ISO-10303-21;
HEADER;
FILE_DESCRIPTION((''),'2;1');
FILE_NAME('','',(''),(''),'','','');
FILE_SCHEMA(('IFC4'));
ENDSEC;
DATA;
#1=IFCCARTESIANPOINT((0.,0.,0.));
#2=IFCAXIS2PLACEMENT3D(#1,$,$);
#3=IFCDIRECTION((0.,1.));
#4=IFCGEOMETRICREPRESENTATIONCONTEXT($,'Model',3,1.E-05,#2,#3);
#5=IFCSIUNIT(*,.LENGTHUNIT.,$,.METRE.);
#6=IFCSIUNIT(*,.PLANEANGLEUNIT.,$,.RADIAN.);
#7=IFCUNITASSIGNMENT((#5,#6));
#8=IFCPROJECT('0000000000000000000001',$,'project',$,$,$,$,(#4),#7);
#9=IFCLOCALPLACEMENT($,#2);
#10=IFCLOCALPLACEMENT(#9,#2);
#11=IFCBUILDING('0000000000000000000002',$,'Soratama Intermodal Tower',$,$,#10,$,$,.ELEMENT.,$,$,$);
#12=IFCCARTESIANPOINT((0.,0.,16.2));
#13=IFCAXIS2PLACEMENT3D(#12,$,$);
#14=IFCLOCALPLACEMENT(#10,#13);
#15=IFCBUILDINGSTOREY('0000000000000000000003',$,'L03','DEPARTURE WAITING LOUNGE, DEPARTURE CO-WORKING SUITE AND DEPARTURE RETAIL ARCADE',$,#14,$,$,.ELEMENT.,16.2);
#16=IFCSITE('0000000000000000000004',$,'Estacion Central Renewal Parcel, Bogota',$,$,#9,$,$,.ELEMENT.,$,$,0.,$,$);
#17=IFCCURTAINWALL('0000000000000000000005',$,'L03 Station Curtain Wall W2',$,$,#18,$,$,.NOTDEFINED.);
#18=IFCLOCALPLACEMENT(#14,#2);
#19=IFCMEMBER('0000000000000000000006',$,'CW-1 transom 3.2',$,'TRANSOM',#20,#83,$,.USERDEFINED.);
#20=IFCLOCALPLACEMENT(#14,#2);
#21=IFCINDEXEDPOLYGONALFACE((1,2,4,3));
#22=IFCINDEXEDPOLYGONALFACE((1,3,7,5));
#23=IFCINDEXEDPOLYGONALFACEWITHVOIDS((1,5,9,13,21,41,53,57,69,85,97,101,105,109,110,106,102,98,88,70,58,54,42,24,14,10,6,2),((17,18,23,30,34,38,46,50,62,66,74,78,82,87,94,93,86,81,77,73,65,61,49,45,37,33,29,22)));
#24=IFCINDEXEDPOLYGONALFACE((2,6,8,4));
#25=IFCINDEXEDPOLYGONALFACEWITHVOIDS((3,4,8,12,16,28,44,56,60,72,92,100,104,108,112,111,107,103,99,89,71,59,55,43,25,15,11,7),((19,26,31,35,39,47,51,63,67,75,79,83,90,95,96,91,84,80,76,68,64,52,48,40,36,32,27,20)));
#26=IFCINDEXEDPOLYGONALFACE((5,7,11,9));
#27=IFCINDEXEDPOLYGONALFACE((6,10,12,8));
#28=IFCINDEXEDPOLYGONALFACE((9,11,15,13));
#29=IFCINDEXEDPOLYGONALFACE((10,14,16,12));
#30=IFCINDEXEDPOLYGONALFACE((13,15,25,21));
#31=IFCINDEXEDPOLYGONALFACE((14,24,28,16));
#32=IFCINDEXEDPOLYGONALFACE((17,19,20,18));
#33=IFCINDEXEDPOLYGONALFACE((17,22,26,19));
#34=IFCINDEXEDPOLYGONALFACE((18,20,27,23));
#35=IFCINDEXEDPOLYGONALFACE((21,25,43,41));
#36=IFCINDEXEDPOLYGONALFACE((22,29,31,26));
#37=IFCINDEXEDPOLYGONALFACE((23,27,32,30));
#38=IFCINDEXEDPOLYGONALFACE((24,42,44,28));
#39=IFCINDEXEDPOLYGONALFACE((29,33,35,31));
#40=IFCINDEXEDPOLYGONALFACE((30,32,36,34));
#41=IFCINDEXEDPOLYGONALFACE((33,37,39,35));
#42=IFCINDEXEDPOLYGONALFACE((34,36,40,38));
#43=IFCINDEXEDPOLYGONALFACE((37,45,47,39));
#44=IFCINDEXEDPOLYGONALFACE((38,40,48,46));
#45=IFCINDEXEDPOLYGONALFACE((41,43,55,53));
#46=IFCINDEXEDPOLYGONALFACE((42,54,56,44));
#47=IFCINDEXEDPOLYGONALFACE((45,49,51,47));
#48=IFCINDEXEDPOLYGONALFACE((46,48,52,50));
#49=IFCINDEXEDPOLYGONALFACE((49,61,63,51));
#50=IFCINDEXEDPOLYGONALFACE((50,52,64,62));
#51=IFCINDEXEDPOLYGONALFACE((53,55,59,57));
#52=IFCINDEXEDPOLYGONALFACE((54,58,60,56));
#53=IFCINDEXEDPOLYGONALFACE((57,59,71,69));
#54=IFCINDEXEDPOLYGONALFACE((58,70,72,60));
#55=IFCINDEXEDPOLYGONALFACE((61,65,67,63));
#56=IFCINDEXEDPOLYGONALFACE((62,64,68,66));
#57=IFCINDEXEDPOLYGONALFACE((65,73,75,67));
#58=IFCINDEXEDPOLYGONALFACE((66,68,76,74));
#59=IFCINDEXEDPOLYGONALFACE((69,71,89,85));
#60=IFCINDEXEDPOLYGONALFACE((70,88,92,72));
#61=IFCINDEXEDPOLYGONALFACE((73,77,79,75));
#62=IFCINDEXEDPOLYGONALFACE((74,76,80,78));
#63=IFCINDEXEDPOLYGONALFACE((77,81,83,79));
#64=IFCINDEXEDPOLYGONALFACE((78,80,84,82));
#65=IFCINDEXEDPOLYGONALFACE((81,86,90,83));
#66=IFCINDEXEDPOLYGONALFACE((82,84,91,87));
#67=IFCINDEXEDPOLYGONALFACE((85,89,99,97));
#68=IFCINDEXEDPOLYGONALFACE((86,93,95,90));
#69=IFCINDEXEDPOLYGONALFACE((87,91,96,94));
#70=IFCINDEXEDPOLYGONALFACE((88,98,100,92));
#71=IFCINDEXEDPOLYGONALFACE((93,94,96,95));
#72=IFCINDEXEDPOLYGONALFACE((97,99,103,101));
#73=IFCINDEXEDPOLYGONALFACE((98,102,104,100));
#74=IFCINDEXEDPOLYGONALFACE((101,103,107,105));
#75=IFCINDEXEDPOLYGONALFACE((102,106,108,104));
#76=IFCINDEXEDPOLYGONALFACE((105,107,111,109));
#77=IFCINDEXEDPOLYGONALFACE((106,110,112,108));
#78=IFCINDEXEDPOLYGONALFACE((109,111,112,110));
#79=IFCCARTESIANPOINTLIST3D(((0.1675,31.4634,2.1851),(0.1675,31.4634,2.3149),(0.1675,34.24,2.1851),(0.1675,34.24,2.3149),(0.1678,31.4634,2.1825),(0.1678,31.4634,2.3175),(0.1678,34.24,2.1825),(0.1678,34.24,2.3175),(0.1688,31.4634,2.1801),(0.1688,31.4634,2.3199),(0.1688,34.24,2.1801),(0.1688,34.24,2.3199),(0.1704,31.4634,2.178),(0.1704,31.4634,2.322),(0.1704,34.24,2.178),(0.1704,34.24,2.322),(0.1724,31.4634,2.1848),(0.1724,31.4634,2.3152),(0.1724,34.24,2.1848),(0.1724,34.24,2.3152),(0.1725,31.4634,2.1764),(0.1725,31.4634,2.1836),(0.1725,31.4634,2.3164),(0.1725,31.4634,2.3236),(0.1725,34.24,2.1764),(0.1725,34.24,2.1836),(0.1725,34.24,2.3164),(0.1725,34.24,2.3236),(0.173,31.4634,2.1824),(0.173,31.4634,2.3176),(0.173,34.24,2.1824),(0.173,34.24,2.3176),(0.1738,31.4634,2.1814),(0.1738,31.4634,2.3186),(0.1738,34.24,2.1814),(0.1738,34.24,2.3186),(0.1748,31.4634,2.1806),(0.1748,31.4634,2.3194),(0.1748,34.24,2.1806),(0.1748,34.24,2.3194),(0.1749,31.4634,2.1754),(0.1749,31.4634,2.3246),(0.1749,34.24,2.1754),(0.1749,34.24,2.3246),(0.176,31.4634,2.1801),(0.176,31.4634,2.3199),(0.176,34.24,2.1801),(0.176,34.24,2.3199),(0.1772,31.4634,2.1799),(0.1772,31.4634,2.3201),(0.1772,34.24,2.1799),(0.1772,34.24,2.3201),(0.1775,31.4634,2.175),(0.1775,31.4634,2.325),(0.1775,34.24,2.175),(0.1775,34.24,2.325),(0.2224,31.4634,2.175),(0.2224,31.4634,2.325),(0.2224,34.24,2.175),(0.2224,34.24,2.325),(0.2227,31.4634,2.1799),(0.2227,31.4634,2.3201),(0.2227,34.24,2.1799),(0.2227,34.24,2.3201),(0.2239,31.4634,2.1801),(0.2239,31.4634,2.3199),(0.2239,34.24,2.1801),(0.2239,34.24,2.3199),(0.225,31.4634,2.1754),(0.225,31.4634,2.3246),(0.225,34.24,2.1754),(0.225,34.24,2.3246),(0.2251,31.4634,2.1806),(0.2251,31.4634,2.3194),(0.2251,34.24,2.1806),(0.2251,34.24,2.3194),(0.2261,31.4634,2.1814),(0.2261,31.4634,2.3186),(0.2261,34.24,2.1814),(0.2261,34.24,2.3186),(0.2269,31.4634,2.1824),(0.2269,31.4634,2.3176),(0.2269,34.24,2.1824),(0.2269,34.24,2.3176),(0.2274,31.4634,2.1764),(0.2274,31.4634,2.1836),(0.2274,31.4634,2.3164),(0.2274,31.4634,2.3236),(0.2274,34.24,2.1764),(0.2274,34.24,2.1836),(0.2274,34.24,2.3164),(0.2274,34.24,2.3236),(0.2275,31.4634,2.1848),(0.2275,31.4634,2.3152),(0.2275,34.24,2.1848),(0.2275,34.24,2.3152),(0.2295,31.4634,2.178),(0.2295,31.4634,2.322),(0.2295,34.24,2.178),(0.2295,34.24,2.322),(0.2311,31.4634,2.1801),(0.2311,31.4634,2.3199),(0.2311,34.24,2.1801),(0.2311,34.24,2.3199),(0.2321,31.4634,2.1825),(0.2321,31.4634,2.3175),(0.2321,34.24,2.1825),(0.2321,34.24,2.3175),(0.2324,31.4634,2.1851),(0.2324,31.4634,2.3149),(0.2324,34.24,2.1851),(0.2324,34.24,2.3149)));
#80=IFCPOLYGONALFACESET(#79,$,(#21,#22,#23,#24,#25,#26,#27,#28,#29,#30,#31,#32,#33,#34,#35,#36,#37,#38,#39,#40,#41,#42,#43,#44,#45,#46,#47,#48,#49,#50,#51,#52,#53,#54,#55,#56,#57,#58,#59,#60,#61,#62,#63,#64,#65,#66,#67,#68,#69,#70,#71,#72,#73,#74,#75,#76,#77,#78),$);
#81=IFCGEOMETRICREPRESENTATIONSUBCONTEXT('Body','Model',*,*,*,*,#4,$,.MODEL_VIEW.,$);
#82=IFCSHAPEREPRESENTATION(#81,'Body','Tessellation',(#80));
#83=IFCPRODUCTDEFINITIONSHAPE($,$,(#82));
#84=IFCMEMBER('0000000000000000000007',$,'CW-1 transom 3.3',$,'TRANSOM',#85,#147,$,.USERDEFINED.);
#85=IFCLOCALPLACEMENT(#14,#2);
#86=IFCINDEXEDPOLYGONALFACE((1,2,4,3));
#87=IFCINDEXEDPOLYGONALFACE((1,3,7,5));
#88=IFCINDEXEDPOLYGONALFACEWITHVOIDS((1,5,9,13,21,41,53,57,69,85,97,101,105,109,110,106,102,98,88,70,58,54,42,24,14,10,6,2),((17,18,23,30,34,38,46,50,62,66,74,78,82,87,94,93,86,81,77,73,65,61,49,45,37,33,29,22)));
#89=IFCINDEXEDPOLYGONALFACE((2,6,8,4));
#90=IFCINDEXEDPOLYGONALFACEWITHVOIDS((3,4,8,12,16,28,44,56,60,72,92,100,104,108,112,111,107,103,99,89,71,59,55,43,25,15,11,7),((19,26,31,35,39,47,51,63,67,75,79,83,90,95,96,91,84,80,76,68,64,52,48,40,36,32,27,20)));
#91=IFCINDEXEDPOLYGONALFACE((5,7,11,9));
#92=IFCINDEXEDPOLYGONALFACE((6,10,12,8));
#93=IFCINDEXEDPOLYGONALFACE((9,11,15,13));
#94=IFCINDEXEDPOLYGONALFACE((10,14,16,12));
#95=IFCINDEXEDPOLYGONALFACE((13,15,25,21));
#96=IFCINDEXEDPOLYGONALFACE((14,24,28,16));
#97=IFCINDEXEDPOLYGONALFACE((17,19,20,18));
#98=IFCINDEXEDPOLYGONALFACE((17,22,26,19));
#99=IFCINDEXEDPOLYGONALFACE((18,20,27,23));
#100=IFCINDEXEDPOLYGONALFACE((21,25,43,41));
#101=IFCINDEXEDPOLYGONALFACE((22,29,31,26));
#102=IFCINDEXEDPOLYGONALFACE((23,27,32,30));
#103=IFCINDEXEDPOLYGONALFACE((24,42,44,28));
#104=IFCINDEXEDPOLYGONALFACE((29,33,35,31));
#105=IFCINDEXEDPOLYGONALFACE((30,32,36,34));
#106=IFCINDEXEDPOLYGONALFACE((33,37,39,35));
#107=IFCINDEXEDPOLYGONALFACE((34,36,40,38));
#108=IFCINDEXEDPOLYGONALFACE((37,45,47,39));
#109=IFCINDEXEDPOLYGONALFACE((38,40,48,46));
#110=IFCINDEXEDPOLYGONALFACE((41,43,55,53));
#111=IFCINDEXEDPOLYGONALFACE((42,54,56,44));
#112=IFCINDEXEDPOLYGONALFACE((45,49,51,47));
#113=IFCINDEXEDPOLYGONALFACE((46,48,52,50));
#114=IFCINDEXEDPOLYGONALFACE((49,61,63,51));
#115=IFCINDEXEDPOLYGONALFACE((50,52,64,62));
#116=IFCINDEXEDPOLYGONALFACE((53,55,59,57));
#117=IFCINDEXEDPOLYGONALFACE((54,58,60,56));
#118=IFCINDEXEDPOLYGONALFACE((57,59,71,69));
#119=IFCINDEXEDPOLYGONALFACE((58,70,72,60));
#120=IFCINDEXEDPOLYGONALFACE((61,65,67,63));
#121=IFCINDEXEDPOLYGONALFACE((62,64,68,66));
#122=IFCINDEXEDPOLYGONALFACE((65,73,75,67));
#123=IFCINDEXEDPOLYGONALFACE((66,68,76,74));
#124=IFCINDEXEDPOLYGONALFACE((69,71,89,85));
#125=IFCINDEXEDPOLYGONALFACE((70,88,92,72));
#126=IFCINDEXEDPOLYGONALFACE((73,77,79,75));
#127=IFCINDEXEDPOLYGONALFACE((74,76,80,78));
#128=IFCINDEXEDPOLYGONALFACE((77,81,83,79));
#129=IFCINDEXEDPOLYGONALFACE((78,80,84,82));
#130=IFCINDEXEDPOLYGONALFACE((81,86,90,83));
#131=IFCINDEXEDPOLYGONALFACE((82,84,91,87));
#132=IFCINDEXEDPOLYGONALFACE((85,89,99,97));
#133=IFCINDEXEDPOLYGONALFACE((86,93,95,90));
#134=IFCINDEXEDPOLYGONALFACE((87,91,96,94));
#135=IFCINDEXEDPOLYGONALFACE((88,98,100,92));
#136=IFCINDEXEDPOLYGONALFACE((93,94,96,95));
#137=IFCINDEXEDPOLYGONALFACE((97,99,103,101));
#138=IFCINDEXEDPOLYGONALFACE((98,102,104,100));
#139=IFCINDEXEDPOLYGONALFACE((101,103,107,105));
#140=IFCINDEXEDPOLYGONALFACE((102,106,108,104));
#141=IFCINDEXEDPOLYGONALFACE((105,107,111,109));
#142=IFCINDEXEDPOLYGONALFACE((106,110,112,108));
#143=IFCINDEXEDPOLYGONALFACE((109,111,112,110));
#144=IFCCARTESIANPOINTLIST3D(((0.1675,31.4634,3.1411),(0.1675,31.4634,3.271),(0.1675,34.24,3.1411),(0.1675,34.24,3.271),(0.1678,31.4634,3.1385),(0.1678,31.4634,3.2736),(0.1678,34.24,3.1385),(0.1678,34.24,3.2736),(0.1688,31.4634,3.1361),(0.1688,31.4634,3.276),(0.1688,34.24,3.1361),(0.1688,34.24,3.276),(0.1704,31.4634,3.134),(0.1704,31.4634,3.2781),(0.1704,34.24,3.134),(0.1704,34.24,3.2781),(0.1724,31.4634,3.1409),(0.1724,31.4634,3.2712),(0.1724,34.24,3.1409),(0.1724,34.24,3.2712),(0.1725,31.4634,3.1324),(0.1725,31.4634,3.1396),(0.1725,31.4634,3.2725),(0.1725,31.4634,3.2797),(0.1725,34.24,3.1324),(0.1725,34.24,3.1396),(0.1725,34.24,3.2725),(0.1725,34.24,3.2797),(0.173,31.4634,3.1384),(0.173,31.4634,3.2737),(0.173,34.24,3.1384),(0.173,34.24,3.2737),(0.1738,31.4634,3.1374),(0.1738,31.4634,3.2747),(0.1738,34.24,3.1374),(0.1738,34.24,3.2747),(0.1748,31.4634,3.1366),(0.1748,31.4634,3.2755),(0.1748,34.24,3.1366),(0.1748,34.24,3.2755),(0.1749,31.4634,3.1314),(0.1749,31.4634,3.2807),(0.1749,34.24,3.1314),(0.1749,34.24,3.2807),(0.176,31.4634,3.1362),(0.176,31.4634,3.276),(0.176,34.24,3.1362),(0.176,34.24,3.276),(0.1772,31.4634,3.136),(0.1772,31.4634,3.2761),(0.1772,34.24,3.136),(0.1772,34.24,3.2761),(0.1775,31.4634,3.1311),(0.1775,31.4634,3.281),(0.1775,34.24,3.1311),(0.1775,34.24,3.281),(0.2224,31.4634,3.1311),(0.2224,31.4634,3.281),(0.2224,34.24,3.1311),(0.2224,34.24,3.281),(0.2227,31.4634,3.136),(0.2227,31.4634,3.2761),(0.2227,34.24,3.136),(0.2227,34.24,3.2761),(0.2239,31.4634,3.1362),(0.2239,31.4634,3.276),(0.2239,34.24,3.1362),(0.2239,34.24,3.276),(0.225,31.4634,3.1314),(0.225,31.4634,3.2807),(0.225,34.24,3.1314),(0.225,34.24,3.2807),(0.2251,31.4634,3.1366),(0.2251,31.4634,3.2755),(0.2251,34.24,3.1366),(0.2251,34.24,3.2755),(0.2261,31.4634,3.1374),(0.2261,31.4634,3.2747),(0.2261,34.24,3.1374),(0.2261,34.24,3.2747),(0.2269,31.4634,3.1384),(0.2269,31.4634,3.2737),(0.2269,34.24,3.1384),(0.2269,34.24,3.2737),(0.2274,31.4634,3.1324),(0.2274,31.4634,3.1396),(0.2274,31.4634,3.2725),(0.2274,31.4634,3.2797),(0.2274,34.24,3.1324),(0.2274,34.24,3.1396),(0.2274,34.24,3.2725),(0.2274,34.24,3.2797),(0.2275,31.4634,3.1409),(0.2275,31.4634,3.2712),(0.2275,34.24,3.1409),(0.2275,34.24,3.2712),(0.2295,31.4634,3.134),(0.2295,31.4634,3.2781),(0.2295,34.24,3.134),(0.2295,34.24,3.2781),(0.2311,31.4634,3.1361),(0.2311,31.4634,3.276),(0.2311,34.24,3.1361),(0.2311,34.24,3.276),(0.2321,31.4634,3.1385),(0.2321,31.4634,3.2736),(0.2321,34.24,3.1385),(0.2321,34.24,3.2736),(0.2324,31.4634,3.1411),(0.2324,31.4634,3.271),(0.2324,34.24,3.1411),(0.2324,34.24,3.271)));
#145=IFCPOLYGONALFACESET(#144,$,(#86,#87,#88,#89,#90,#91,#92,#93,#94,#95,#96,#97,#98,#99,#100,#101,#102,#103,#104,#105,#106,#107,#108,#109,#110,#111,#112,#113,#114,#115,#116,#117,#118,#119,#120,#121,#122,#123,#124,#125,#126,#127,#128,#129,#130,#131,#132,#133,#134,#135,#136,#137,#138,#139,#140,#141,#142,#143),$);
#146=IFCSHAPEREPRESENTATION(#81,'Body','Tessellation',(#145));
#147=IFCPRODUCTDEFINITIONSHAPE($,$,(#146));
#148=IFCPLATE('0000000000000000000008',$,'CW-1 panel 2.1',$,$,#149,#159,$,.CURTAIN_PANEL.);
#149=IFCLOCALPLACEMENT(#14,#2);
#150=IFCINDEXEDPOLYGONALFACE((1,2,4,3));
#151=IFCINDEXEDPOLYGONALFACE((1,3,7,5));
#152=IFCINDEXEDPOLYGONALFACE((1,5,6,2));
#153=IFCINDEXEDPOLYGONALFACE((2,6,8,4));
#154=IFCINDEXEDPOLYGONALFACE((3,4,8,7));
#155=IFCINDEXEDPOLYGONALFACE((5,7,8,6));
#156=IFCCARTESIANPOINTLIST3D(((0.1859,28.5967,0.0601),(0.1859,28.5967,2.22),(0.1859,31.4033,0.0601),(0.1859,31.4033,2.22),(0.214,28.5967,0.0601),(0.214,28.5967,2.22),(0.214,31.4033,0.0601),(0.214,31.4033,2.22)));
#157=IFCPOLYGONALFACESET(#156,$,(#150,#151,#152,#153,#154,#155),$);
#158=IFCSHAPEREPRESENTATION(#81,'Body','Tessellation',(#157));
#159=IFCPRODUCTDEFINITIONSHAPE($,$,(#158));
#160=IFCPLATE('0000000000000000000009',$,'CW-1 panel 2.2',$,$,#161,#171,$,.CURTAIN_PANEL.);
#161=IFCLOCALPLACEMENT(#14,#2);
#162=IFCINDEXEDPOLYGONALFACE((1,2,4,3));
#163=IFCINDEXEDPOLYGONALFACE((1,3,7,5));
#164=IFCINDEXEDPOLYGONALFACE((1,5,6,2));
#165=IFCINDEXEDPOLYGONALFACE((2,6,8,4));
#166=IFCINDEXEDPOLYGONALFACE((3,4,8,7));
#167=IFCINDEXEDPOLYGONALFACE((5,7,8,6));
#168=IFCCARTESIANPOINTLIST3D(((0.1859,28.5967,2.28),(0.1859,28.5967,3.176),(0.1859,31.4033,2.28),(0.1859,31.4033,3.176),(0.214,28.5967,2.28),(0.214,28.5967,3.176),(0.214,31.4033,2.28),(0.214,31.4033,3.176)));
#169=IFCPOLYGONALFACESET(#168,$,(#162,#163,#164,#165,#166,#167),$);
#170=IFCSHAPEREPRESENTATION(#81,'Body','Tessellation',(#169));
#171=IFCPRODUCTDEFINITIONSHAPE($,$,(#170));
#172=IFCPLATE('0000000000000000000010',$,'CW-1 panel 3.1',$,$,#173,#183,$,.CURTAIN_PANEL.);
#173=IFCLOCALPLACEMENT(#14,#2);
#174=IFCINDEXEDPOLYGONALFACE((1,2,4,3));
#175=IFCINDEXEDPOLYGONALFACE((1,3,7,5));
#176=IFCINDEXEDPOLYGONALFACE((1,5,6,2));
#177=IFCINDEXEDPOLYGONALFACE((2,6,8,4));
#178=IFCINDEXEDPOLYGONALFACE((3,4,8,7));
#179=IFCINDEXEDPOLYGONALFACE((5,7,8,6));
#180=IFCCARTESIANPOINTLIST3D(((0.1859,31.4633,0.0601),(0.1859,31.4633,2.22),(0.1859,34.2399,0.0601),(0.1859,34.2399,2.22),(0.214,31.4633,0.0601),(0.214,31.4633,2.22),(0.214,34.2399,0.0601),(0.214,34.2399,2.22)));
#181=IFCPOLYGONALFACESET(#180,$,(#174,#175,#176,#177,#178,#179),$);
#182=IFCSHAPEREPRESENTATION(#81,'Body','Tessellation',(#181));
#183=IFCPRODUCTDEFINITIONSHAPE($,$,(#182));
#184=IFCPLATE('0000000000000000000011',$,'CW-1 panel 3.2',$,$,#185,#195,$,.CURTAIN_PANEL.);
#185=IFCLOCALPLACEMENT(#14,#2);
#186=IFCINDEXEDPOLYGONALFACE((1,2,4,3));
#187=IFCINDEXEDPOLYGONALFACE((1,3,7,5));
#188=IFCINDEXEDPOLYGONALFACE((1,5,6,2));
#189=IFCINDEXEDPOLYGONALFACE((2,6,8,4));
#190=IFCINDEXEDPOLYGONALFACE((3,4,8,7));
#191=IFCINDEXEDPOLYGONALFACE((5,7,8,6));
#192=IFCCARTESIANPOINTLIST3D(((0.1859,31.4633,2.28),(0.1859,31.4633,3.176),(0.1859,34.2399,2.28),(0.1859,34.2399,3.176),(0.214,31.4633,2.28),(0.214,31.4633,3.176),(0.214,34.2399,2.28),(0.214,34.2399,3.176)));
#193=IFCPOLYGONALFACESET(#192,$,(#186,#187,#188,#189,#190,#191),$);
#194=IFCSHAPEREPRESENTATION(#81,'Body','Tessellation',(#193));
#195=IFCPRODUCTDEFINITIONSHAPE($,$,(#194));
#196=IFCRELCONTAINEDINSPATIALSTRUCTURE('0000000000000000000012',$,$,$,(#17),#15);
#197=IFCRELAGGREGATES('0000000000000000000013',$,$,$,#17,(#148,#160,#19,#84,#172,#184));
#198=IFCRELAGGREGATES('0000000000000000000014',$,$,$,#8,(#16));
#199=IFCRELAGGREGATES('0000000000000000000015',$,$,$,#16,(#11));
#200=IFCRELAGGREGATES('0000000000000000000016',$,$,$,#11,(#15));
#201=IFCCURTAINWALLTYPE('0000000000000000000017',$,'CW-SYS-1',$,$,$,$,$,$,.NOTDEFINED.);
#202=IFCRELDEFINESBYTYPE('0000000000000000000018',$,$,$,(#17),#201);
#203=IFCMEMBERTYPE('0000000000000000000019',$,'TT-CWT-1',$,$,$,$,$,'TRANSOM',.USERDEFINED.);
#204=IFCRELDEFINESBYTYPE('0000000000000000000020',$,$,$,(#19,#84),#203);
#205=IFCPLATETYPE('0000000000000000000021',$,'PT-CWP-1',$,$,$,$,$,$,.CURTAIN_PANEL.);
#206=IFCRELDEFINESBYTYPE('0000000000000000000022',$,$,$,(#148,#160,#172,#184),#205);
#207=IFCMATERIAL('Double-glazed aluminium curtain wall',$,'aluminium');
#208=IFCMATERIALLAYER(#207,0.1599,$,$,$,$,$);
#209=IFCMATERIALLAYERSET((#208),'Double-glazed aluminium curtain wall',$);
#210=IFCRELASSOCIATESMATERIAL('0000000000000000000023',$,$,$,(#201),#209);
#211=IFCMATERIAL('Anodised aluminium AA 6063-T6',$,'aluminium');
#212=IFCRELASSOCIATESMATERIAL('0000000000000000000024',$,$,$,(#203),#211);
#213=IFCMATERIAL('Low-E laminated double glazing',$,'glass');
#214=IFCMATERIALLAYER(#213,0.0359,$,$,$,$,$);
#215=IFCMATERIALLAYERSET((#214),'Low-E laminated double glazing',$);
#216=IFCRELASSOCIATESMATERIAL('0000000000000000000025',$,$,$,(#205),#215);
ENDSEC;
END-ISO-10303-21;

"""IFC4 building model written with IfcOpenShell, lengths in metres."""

from ifc_helpers import new_model, si_unit, direction, frame, origin, origin_2d, place, context, subcontext, project, spatial, rectangle, hollow_rectangle, extrude, material, layer, layer_set, material_profile, profile_set, type_object, element, aggregate, save


model = new_model("IFC4")

# Units and contexts
model_context = context("Model", 3, precision=1e-05, world=origin(), true_north=direction((0.0, 1.0)))
body_context = subcontext(model_context, "Body", "Model", "MODEL_VIEW")
ifc_project = project(units=[si_unit("LENGTHUNIT", "METRE"), si_unit("PLANEANGLEUNIT", "RADIAN")], contexts=[model_context])

# Site, building, storey
site_placement = place(None, origin())
site = spatial("IfcSite", under=ifc_project, at=site_placement, Name="Estacion Central Renewal Parcel, Bogota", CompositionType="ELEMENT", RefElevation=0.0)
building_placement = place(site_placement, origin())
building = spatial("IfcBuilding", under=site, at=building_placement, Name="Soratama Intermodal Tower", CompositionType="ELEMENT")
storey_placement = place(building_placement, frame((0.0, 0.0, 16.2)))
storey = spatial("IfcBuildingStorey", under=building, at=storey_placement, Name="L03", Description="DEPARTURE WAITING LOUNGE, DEPARTURE CO-WORKING SUITE AND DEPARTURE RETAIL ARCADE", CompositionType="ELEMENT", Elevation=16.2)

# Curtain wall, members, plates
ifc_material_1 = material(Name="Double-glazed aluminium curtain wall", Category="aluminium")
ifc_layer_1 = layer(ifc_material_1, 0.1599)
ifc_layer_set_1 = layer_set([ifc_layer_1], Name="Double-glazed aluminium curtain wall")
curtain_wall_type = type_object("IfcCurtainWallType", Name="CW-SYS-1", PredefinedType="NOTDEFINED", material=ifc_layer_set_1)
curtain_wall_placement = place(storey_placement, origin())
curtain_wall = element("IfcCurtainWall", 1, at=curtain_wall_placement, inside=storey, type_object=curtain_wall_type, Name="L03 Station Curtain Wall W2", PredefinedType="NOTDEFINED")
ifc_material_2 = material(Name="Anodised aluminium AA 6063-T6", Category="aluminium")
ifc_material_profile_1 = material_profile(ifc_material_2, hollow_rectangle(XDim=0.0649, YDim=0.1499, WallThickness=0.0049, InnerFilletRadius=0.0049, OuterFilletRadius=0.01, at=origin_2d()), Name="CWT150X65X5")
ifc_profile_set_1 = profile_set([ifc_material_profile_1], Name="Anodised aluminium AA 6063-T6")
member_type_1 = type_object("IfcMemberType", Name="TT-CWT-1", ElementType="TRANSOM", PredefinedType="USERDEFINED", material=ifc_profile_set_1)
member_1_placement = place(storey_placement, frame((0.2, 31.4634, 2.25), z_axis=(0.0, 1.0, 0.0), x_axis=(-1.0, 0.0, 0.0)))
member_1 = element("IfcMember", 2, at=member_1_placement, type_object=member_type_1, Name="CW-1 transom 3.2", ObjectType="TRANSOM", PredefinedType="USERDEFINED", context=body_context, shape_type="SweptSolid", body=[
    extrude(hollow_rectangle(XDim=0.0649, YDim=0.1499, WallThickness=0.0049, InnerFilletRadius=0.0049, OuterFilletRadius=0.01, at=origin_2d()), origin(), (0.0, 0.0, 1.0), 2.7766),
])
member_2_placement = place(storey_placement, frame((0.2, 31.4634, 3.2061), z_axis=(0.0, 1.0, 0.0), x_axis=(-1.0, 0.0, 0.0)))
member_2 = element("IfcMember", 3, at=member_2_placement, type_object=member_type_1, Name="CW-1 transom 3.3", ObjectType="TRANSOM", PredefinedType="USERDEFINED", context=body_context, shape_type="SweptSolid", body=[
    extrude(hollow_rectangle(XDim=0.0649, YDim=0.1499, WallThickness=0.0049, InnerFilletRadius=0.0049, OuterFilletRadius=0.01, at=origin_2d()), origin(), (0.0, 0.0, 1.0), 2.7766),
])
ifc_material_3 = material(Name="Low-E laminated double glazing", Category="glass")
ifc_layer_2 = layer(ifc_material_3, 0.0359)
ifc_layer_set_2 = layer_set([ifc_layer_2], Name="Low-E laminated double glazing")
plate_type = type_object("IfcPlateType", Name="PT-CWP-1", PredefinedType="CURTAIN_PANEL", material=ifc_layer_set_2)
plate_1_placement = place(storey_placement, frame((0.2, 30.0, 0.0601), z_axis=(0.0, 0.0, 1.0), x_axis=(0.0, 1.0, 0.0)))
plate_1 = element("IfcPlate", 4, at=plate_1_placement, type_object=plate_type, Name="CW-1 panel 2.1", PredefinedType="CURTAIN_PANEL", context=body_context, shape_type="SweptSolid", body=[
    extrude(rectangle(XDim=2.8066, YDim=0.0281, at=origin_2d()), origin(), (0.0, 0.0, 1.0), 2.1599),
])
plate_2_placement = place(storey_placement, frame((0.2, 30.0, 2.28), z_axis=(0.0, 0.0, 1.0), x_axis=(0.0, 1.0, 0.0)))
plate_2 = element("IfcPlate", 5, at=plate_2_placement, type_object=plate_type, Name="CW-1 panel 2.2", PredefinedType="CURTAIN_PANEL", context=body_context, shape_type="SweptSolid", body=[
    extrude(rectangle(XDim=2.8066, YDim=0.0281, at=origin_2d()), origin(), (0.0, 0.0, 1.0), 0.896),
])
plate_3_placement = place(storey_placement, frame((0.2, 32.8516, 0.0601), z_axis=(0.0, 0.0, 1.0), x_axis=(0.0, 1.0, 0.0)))
plate_3 = element("IfcPlate", 6, at=plate_3_placement, type_object=plate_type, Name="CW-1 panel 3.1", PredefinedType="CURTAIN_PANEL", context=body_context, shape_type="SweptSolid", body=[
    extrude(rectangle(XDim=2.7766, YDim=0.0281, at=origin_2d()), origin(), (0.0, 0.0, 1.0), 2.1599),
])
plate_4_placement = place(storey_placement, frame((0.2, 32.8516, 2.28), z_axis=(0.0, 0.0, 1.0), x_axis=(0.0, 1.0, 0.0)))
plate_4 = element("IfcPlate", 7, at=plate_4_placement, type_object=plate_type, Name="CW-1 panel 3.2", PredefinedType="CURTAIN_PANEL", context=body_context, shape_type="SweptSolid", body=[
    extrude(rectangle(XDim=2.7766, YDim=0.0281, at=origin_2d()), origin(), (0.0, 0.0, 1.0), 0.896),
])
aggregate(curtain_wall, [plate_1, plate_2, member_1, member_2, plate_3, plate_4])

save(model, "model.ifc")
